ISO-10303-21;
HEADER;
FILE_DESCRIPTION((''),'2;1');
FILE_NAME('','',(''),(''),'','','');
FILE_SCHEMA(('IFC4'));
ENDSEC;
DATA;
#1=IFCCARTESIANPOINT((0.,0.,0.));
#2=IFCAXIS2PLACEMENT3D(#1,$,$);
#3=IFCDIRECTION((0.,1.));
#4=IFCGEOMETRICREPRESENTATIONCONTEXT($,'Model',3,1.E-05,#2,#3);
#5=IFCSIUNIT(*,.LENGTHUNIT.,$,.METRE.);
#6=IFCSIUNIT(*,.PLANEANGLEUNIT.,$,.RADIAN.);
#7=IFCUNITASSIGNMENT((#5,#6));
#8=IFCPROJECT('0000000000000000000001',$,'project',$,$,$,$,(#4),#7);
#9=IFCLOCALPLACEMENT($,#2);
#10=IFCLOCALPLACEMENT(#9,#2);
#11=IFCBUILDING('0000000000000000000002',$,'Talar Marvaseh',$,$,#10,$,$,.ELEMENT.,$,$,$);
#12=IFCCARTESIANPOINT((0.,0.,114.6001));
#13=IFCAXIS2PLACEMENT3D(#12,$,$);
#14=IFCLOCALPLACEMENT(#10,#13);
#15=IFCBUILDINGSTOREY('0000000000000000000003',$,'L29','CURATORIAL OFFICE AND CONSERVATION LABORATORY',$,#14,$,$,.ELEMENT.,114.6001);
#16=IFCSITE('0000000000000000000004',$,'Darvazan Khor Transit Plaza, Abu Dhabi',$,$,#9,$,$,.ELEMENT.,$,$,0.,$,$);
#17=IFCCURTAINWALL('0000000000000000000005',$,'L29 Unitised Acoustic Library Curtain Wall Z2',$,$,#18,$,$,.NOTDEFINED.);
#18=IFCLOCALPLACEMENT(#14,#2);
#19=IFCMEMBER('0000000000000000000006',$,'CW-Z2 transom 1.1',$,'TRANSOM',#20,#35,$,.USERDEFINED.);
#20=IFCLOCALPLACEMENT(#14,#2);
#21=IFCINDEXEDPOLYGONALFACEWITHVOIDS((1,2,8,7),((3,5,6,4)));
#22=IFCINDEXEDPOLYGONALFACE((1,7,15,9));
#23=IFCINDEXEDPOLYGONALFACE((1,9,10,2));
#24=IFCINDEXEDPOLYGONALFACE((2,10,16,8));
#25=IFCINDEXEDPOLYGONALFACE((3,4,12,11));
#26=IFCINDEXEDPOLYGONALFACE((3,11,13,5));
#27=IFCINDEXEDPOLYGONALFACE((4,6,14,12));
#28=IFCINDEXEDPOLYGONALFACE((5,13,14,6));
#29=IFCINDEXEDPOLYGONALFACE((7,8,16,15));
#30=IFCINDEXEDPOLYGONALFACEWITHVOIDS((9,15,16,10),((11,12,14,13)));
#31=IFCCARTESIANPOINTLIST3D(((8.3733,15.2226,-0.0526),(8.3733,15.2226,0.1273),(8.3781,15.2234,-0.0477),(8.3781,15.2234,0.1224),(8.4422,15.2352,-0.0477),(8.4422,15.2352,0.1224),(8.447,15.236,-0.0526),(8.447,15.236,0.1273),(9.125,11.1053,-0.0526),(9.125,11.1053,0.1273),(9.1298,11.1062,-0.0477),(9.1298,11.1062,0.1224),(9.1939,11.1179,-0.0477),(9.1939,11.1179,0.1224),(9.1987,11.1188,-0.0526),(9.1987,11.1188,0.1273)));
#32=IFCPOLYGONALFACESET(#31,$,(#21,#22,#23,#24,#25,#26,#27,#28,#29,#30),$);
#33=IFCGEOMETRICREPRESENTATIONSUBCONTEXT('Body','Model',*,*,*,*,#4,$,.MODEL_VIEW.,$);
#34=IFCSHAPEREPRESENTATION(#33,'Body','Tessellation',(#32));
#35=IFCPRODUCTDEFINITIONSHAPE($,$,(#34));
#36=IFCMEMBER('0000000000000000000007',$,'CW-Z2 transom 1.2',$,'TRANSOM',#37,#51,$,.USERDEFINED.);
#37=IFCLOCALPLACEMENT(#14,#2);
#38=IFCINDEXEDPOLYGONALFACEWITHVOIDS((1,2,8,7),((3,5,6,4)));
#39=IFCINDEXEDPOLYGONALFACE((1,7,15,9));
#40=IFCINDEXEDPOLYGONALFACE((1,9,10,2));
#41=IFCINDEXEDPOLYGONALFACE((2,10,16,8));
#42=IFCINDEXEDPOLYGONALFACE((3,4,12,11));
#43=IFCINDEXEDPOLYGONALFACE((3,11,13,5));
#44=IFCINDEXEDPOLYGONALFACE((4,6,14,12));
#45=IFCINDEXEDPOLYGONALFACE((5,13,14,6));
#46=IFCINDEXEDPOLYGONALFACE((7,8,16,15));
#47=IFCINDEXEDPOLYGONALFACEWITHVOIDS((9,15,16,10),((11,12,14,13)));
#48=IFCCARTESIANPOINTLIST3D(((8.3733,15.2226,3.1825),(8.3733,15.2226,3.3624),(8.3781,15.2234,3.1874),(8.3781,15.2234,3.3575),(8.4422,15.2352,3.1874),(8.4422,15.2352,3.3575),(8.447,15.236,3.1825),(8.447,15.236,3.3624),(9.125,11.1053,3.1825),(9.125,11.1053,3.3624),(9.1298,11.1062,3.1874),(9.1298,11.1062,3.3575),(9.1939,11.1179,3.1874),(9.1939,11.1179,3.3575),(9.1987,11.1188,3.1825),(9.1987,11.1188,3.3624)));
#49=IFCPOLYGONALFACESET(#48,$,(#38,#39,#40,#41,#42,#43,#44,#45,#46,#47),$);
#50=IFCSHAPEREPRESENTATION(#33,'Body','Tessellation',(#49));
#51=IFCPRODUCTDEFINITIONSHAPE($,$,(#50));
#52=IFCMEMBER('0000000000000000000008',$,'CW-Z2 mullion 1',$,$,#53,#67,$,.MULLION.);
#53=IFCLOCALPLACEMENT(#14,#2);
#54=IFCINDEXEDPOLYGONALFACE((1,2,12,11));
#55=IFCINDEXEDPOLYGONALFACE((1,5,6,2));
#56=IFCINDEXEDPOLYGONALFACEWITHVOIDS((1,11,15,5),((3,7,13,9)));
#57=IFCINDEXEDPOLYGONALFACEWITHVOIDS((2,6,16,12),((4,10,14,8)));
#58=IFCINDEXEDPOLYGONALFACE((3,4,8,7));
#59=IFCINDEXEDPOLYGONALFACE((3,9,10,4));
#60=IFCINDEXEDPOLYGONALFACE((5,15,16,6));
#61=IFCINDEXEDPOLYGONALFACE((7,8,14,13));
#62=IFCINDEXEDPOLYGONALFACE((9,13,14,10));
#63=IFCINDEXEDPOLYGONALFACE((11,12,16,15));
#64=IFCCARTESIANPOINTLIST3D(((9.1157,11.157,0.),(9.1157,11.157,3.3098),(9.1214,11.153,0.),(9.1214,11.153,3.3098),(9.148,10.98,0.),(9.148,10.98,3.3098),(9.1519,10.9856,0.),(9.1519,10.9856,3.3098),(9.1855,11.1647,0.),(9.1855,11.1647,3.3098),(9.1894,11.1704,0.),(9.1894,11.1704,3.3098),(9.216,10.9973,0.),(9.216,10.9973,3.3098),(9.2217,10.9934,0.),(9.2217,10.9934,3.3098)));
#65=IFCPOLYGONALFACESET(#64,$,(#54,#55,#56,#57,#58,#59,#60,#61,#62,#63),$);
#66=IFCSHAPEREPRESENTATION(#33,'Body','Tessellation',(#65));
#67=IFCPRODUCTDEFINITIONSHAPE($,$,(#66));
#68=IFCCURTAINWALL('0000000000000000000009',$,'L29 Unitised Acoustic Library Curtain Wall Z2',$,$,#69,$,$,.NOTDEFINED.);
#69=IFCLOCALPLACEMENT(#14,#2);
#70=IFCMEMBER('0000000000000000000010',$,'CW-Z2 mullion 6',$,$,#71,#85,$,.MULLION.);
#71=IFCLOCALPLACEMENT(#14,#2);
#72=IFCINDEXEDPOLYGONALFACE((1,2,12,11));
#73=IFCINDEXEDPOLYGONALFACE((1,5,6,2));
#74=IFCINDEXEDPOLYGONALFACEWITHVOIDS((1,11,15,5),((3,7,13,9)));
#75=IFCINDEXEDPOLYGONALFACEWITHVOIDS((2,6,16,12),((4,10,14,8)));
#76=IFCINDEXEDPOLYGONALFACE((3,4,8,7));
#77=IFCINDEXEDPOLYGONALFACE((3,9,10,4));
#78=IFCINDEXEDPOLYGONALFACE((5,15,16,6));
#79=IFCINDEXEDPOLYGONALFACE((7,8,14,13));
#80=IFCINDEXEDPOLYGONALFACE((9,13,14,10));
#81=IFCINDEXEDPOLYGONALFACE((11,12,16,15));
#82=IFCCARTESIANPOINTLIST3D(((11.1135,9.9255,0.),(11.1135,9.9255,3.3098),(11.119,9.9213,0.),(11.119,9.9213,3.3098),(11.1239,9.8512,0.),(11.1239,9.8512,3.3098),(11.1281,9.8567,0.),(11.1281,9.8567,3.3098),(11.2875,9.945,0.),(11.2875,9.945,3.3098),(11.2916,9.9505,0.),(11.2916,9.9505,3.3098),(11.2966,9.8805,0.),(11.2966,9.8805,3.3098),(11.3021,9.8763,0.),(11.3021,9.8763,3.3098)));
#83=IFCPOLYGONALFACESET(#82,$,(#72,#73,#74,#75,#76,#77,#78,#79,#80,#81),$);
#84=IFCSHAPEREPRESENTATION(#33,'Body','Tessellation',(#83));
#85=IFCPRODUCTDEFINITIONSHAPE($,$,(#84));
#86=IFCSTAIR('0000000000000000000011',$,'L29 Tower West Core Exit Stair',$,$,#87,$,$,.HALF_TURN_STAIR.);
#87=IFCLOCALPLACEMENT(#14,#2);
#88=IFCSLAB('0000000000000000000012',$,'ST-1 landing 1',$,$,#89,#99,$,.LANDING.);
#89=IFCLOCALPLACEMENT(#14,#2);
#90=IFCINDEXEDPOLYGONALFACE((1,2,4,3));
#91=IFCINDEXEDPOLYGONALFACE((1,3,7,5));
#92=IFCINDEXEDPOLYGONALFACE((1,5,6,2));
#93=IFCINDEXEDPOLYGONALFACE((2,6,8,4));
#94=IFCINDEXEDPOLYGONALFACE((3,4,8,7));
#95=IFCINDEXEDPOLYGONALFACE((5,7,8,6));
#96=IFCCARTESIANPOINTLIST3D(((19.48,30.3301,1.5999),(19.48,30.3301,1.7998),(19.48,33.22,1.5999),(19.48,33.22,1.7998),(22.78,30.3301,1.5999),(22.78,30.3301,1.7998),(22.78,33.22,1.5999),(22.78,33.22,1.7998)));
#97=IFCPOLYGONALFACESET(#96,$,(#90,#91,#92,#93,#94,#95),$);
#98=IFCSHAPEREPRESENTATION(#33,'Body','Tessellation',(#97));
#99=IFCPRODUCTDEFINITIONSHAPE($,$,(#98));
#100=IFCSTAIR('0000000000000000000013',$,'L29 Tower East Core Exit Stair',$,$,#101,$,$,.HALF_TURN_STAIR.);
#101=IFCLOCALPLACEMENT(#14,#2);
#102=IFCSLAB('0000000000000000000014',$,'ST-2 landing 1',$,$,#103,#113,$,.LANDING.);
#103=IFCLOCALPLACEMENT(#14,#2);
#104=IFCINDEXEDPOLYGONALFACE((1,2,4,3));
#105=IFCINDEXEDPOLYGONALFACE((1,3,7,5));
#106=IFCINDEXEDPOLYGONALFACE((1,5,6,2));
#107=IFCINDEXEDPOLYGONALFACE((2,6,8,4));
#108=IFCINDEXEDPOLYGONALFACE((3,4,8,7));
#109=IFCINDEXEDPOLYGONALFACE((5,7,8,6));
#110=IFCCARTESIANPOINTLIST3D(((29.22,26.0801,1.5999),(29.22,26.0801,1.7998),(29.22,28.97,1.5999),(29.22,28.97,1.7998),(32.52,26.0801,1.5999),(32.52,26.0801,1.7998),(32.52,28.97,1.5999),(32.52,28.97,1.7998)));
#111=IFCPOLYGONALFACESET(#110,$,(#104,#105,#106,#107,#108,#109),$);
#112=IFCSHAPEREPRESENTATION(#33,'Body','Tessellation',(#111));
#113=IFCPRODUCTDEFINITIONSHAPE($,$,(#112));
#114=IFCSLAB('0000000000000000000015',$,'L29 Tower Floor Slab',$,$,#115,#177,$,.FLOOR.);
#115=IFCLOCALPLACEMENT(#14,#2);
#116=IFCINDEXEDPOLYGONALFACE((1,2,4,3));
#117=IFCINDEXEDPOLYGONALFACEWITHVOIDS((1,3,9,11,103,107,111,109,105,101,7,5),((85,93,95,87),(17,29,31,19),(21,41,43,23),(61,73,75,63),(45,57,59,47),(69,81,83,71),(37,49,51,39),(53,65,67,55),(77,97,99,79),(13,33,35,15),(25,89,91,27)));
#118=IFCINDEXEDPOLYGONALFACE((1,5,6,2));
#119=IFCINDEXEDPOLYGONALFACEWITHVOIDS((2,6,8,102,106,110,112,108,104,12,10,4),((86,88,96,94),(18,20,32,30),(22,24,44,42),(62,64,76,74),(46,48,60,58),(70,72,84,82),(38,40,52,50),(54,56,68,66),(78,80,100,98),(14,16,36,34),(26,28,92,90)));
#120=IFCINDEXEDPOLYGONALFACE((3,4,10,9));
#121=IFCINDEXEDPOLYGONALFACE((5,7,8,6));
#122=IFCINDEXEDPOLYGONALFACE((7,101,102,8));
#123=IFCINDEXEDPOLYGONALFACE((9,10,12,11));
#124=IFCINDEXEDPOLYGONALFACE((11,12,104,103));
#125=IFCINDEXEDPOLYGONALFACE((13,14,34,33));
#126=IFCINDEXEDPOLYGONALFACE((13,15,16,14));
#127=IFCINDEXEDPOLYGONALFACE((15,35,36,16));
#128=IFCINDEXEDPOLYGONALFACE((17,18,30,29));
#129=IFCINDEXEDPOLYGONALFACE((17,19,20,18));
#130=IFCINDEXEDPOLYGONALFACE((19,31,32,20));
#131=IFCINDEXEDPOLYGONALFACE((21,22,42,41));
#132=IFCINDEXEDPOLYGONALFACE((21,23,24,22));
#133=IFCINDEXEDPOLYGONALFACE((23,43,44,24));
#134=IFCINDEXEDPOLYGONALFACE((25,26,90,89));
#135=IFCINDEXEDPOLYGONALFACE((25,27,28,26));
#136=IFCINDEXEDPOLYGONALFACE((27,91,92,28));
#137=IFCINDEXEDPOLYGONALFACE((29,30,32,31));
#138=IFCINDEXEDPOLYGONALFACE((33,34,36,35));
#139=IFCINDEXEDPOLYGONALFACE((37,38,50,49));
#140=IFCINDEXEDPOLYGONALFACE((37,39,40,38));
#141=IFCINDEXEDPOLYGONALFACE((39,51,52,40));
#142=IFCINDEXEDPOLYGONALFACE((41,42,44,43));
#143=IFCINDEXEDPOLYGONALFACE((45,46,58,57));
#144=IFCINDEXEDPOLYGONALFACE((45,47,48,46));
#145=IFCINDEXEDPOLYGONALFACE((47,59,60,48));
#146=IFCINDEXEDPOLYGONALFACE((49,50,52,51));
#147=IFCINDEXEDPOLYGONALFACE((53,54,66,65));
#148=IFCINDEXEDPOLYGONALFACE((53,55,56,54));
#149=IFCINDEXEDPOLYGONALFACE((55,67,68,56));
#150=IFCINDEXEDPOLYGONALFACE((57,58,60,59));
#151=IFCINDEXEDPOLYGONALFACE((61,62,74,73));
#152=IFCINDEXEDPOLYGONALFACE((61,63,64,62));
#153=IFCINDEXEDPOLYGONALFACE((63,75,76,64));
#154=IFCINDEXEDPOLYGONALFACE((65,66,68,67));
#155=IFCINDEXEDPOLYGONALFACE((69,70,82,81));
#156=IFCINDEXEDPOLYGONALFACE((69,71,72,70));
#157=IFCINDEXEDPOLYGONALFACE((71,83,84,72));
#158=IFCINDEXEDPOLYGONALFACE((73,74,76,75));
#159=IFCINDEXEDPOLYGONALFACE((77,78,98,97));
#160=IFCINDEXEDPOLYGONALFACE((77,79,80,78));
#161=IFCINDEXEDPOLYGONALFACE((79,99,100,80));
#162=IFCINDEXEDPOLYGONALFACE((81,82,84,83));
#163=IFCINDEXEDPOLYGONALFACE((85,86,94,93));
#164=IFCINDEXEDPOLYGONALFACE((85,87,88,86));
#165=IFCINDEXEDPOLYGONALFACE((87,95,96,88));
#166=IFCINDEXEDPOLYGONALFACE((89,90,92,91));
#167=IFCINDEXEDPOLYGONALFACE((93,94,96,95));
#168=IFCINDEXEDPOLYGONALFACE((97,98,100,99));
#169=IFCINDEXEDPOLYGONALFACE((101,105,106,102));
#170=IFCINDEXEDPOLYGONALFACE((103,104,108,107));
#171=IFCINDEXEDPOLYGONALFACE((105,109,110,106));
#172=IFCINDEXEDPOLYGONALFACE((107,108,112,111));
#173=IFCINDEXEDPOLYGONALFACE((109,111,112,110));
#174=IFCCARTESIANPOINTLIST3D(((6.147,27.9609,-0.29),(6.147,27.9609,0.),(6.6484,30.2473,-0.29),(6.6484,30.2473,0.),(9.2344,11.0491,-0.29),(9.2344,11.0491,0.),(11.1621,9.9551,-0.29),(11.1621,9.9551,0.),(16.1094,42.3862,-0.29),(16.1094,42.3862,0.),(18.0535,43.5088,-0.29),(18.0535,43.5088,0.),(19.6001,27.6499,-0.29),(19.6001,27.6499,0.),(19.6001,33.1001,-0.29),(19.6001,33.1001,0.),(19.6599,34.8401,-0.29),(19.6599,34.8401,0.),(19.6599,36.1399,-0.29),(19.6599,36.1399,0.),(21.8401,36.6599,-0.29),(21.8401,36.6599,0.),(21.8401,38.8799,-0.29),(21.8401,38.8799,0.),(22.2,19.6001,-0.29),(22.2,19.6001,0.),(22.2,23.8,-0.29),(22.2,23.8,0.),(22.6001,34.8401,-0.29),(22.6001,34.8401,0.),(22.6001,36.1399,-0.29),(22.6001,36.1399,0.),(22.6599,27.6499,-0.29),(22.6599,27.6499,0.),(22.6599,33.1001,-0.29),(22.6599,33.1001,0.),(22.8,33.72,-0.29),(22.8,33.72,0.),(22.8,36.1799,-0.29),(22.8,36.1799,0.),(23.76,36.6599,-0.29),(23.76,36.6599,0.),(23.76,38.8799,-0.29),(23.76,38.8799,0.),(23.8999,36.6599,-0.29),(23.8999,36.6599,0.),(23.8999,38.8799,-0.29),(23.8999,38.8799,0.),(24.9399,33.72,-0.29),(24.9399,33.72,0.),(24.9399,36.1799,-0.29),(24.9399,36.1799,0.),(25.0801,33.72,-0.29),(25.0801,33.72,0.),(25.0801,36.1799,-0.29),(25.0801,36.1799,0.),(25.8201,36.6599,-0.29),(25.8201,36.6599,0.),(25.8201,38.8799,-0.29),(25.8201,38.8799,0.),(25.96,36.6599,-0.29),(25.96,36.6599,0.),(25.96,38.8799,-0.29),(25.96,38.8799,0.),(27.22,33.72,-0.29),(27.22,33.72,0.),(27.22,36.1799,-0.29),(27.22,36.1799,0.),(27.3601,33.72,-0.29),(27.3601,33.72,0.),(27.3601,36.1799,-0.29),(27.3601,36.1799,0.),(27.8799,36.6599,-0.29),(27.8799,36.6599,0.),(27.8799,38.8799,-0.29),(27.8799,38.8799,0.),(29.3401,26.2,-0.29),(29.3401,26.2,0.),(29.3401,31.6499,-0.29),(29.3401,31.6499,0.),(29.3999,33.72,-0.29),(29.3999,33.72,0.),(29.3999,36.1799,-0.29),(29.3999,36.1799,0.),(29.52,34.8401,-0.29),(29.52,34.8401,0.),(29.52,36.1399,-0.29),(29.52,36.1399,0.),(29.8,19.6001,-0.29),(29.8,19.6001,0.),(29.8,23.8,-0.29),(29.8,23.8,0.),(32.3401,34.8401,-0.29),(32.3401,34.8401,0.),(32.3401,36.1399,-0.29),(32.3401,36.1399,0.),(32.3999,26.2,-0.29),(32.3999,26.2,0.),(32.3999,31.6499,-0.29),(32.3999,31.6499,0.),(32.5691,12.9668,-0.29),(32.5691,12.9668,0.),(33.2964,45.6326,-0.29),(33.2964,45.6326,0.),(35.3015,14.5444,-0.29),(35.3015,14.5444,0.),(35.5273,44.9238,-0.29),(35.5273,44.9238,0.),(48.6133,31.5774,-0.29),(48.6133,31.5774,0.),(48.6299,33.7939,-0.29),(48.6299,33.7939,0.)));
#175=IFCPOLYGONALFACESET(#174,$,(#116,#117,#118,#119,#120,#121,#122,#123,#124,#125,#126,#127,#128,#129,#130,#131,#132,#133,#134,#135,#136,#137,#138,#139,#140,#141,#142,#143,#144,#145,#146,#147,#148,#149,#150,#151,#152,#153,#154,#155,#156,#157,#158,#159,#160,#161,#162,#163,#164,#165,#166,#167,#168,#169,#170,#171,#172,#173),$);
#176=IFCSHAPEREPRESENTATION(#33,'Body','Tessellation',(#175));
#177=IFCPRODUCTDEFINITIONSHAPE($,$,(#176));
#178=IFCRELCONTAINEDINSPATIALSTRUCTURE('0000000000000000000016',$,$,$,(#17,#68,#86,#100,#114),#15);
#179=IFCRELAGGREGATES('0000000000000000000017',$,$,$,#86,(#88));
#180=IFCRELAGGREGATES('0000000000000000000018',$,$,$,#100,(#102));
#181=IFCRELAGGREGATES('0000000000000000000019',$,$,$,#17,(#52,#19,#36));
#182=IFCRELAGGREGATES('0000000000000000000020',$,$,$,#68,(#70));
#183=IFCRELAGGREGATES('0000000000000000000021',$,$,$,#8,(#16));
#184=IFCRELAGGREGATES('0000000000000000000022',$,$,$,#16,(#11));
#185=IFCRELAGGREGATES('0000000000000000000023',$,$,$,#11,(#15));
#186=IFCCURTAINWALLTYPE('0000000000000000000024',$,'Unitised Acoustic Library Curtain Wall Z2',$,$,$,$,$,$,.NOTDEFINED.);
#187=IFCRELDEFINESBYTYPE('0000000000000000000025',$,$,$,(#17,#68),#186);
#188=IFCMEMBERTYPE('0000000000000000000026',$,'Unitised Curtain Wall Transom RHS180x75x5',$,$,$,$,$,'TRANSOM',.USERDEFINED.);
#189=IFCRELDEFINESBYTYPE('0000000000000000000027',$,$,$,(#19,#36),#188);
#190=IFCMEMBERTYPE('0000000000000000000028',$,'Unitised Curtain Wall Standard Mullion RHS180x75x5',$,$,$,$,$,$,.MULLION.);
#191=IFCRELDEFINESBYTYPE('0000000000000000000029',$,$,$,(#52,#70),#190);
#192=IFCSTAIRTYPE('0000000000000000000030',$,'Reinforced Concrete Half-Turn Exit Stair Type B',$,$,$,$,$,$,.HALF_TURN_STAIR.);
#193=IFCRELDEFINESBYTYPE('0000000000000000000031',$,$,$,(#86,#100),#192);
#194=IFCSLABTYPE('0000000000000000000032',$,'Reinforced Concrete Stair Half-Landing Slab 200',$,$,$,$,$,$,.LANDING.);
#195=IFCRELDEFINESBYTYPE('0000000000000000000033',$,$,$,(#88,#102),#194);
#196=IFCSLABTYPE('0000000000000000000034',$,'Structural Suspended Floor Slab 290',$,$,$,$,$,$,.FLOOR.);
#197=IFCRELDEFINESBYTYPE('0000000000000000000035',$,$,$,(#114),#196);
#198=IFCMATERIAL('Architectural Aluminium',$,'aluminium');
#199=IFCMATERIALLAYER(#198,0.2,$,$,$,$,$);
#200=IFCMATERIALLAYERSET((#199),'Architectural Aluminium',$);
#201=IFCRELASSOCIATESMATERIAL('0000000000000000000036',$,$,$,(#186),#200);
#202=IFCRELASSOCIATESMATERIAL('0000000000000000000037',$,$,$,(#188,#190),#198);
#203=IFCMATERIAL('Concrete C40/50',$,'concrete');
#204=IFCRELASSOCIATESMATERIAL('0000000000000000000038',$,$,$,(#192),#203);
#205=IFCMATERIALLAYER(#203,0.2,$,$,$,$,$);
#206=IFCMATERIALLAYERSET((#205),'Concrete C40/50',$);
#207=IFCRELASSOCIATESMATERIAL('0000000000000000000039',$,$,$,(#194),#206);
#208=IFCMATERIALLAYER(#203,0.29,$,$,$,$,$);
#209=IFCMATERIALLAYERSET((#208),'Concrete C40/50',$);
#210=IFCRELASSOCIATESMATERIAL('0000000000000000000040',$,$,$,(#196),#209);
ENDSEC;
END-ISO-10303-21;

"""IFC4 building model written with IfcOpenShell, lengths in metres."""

from ifc_helpers import new_model, si_unit, direction, frame, origin, origin_2d, place, context, subcontext, project, spatial, polyline, hollow_rectangle, outline, extrude, source, transform, mapped, material, layer, layer_set, material_profile, profile_set, type_object, type_shapes, element, aggregate, save


model = new_model("IFC4")

# Units and contexts
model_context = context("Model", 3, precision=1e-05, world=origin(), true_north=direction((0.0, 1.0)))
body_context = subcontext(model_context, "Body", "Model", "MODEL_VIEW")
ifc_project = project(units=[si_unit("LENGTHUNIT", "METRE"), si_unit("PLANEANGLEUNIT", "RADIAN")], contexts=[model_context])

# Site, building, storey
site_placement = place(None, origin())
site = spatial("IfcSite", under=ifc_project, at=site_placement, Name="Darvazan Khor Transit Plaza, Abu Dhabi", CompositionType="ELEMENT", RefElevation=0.0)
building_placement = place(site_placement, origin())
building = spatial("IfcBuilding", under=site, at=building_placement, Name="Talar Marvaseh", CompositionType="ELEMENT")
storey_placement = place(building_placement, frame((0.0, 0.0, 114.6001)))
storey = spatial("IfcBuildingStorey", under=building, at=storey_placement, Name="L29", Description="CURATORIAL OFFICE AND CONSERVATION LABORATORY", CompositionType="ELEMENT", Elevation=114.6001)

# Curtain wall, members
ifc_material_1 = material(Name="Architectural Aluminium", Category="aluminium")
ifc_layer_1 = layer(ifc_material_1, 0.2)
ifc_layer_set_1 = layer_set([ifc_layer_1], Name="Architectural Aluminium")
curtain_wall_type = type_object("IfcCurtainWallType", Name="Unitised Acoustic Library Curtain Wall Z2", PredefinedType="NOTDEFINED", material=ifc_layer_set_1)
curtain_wall_1_placement = place(storey_placement, origin())
curtain_wall_1 = element("IfcCurtainWall", 1, at=curtain_wall_1_placement, inside=storey, type_object=curtain_wall_type, Name="L29 Unitised Acoustic Library Curtain Wall Z2", PredefinedType="NOTDEFINED")
ifc_material_profile_1 = material_profile(ifc_material_1, hollow_rectangle(XDim=0.075, YDim=0.1799, WallThickness=0.0049, at=origin_2d()), Name="RHS180x75x5")
ifc_profile_set_1 = profile_set([ifc_material_profile_1], Name="Architectural Aluminium")
member_type_1 = type_object("IfcMemberType", Name="Unitised Curtain Wall Transom RHS180x75x5", ElementType="TRANSOM", PredefinedType="USERDEFINED", material=ifc_profile_set_1)
shared_shape_1 = source(origin(), body_context, "Body", "SweptSolid", [
    extrude(hollow_rectangle(XDim=0.075, YDim=0.1799, WallThickness=0.0049, at=origin_2d()), origin(), (0.0, 0.0, 1.0), 4.1853),
])
type_shapes(member_type_1, [shared_shape_1])
member_1_placement = place(storey_placement, frame((9.1619, 11.1121, 0.0374), z_axis=(-0.179609, 0.983738, 0.0), x_axis=(-0.983738, -0.179609, 0.0)))
member_1 = element("IfcMember", 2, at=member_1_placement, type_object=member_type_1, Name="CW-Z2 transom 1.1", ObjectType="TRANSOM", PredefinedType="USERDEFINED", context=body_context, shape_type="MappedRepresentation", body=[
    mapped(shared_shape_1, transform((0.0, 0.0, 0.0), x_axis=(1.0, 0.0, 0.0), y_axis=(0.0, 1.0, 0.0), z_axis=(0.0, 0.0, 1.0), scale=1.0)),
])
member_2_placement = place(storey_placement, frame((9.1619, 11.1121, 3.2725), z_axis=(-0.179609, 0.983738, 0.0), x_axis=(-0.983738, -0.179609, 0.0)))
member_2 = element("IfcMember", 3, at=member_2_placement, type_object=member_type_1, Name="CW-Z2 transom 1.2", ObjectType="TRANSOM", PredefinedType="USERDEFINED", context=body_context, shape_type="MappedRepresentation", body=[
    mapped(shared_shape_1, transform((0.0, 0.0, 0.0), x_axis=(1.0, 0.0, 0.0), y_axis=(0.0, 1.0, 0.0), z_axis=(0.0, 0.0, 1.0), scale=1.0)),
])
ifc_material_profile_2 = material_profile(ifc_material_1, hollow_rectangle(XDim=0.075, YDim=0.1799, WallThickness=0.0049, at=origin_2d()), Name="RHS180x75x5")
ifc_profile_set_2 = profile_set([ifc_material_profile_2], Name="Architectural Aluminium")
member_type_2 = type_object("IfcMemberType", Name="Unitised Curtain Wall Standard Mullion RHS180x75x5", PredefinedType="MULLION", material=ifc_profile_set_2)
shared_shape_2 = source(origin(), body_context, "Body", "SweptSolid", [
    extrude(hollow_rectangle(XDim=0.075, YDim=0.1799, WallThickness=0.0049, at=origin_2d()), origin(), (0.0, 0.0, 1.0), 3.3098),
])
type_shapes(member_type_2, [shared_shape_2])
member_3_placement = place(storey_placement, frame((9.1687, 11.0752, 0.0), z_axis=(0.0, 0.0, 1.0), x_axis=(-0.983741, -0.179594, 0.0)))
member_3 = element("IfcMember", 4, at=member_3_placement, type_object=member_type_2, Name="CW-Z2 mullion 1", PredefinedType="MULLION", context=body_context, shape_type="MappedRepresentation", body=[
    mapped(shared_shape_2, transform((0.0, 0.0, 0.0), x_axis=(1.0, 0.0, 0.0), y_axis=(0.0, 1.0, 0.0), z_axis=(0.0, 0.0, 1.0), scale=1.0)),
])

# Curtain wall, member
curtain_wall_2_placement = place(storey_placement, origin())
curtain_wall_2 = element("IfcCurtainWall", 5, at=curtain_wall_2_placement, inside=storey, type_object=curtain_wall_type, Name="L29 Unitised Acoustic Library Curtain Wall Z2", PredefinedType="NOTDEFINED")
member_4_placement = place(storey_placement, frame((11.2078, 9.9009, 0.0), z_axis=(0.0, 0.0, 1.0), x_axis=(0.139325, -0.990247, 0.0)))
member_4 = element("IfcMember", 6, at=member_4_placement, type_object=member_type_2, Name="CW-Z2 mullion 6", PredefinedType="MULLION", context=body_context, shape_type="MappedRepresentation", body=[
    mapped(shared_shape_2, transform((0.0, 0.0, 0.0), x_axis=(1.0, 0.0, 0.0), y_axis=(0.0, 1.0, 0.0), z_axis=(0.0, 0.0, 1.0), scale=1.0)),
])

# Stairs, slabs
ifc_material_2 = material(Name="Concrete C40/50", Category="concrete")
stair_type = type_object("IfcStairType", Name="Reinforced Concrete Half-Turn Exit Stair Type B", PredefinedType="HALF_TURN_STAIR", material=ifc_material_2)
stair_1_placement = place(storey_placement, origin())
stair_1 = element("IfcStair", 7, at=stair_1_placement, inside=storey, type_object=stair_type, Name="L29 Tower West Core Exit Stair", PredefinedType="HALF_TURN_STAIR")
ifc_layer_2 = layer(ifc_material_2, 0.2)
ifc_layer_set_2 = layer_set([ifc_layer_2], Name="Concrete C40/50")
slab_type_1 = type_object("IfcSlabType", Name="Reinforced Concrete Stair Half-Landing Slab 200", PredefinedType="LANDING", material=ifc_layer_set_2)
slab_1_placement = place(storey_placement, frame((0.0, 0.0, 1.5999)))
slab_1 = element("IfcSlab", 8, at=slab_1_placement, type_object=slab_type_1, Name="ST-1 landing 1", PredefinedType="LANDING", context=body_context, shape_type="SweptSolid", body=[
    extrude(outline(polyline([(22.78, 30.3301), (22.78, 33.22), (19.48, 33.22), (19.48, 30.3301), (22.78, 30.3301)])), origin(), (0.0, 0.0, 1.0), 0.2),
])
aggregate(stair_1, [slab_1])
stair_2_placement = place(storey_placement, origin())
stair_2 = element("IfcStair", 9, at=stair_2_placement, inside=storey, type_object=stair_type, Name="L29 Tower East Core Exit Stair", PredefinedType="HALF_TURN_STAIR")
slab_2_placement = place(storey_placement, frame((0.0, 0.0, 1.5999)))
slab_2 = element("IfcSlab", 10, at=slab_2_placement, type_object=slab_type_1, Name="ST-2 landing 1", PredefinedType="LANDING", context=body_context, shape_type="SweptSolid", body=[
    extrude(outline(polyline([(29.22, 28.97), (29.22, 26.0801), (32.52, 26.0801), (32.52, 28.97), (29.22, 28.97)])), origin(), (0.0, 0.0, 1.0), 0.2),
])
aggregate(stair_2, [slab_2])

# Slab
ifc_layer_3 = layer(ifc_material_2, 0.29)
ifc_layer_set_3 = layer_set([ifc_layer_3], Name="Concrete C40/50")
slab_type_2 = type_object("IfcSlabType", Name="Structural Suspended Floor Slab 290", PredefinedType="FLOOR", material=ifc_layer_set_3)
slab_3_placement = place(storey_placement, frame((0.0, 0.0, -0.29)))
element("IfcSlab", 11, at=slab_3_placement, inside=storey, type_object=slab_type_2, Name="L29 Tower Floor Slab", PredefinedType="FLOOR", context=body_context, shape_type="SweptSolid", body=[
    extrude(outline(polyline([(11.1621, 9.9551), (9.2344, 11.0491), (6.147, 27.9609), (6.6484, 30.2473), (16.1094, 42.3862), (18.0535, 43.5088), (33.2964, 45.6326), (35.5273, 44.9238), (48.6299, 33.7939), (48.6133, 31.5774), (35.3015, 14.5444), (32.5691, 12.9668), (11.1621, 9.9551)]), holes=[polyline([(22.6599, 27.6499), (22.6599, 33.1001), (19.6001, 33.1001), (19.6001, 27.6499), (22.6599, 27.6499)]), polyline([(29.3401, 31.6499), (29.3401, 26.2), (32.3999, 26.2), (32.3999, 31.6499), (29.3401, 31.6499)]), polyline([(22.8, 33.72), (24.9399, 33.72), (24.9399, 36.1799), (22.8, 36.1799), (22.8, 33.72)]), polyline([(25.0801, 33.72), (27.22, 33.72), (27.22, 36.1799), (25.0801, 36.1799), (25.0801, 33.72)]), polyline([(27.3601, 33.72), (29.3999, 33.72), (29.3999, 36.1799), (27.3601, 36.1799), (27.3601, 33.72)]), polyline([(21.8401, 36.6599), (23.76, 36.6599), (23.76, 38.8799), (21.8401, 38.8799), (21.8401, 36.6599)]), polyline([(23.8999, 36.6599), (25.8201, 36.6599), (25.8201, 38.8799), (23.8999, 38.8799), (23.8999, 36.6599)]), polyline([(25.96, 36.6599), (27.8799, 36.6599), (27.8799, 38.8799), (25.96, 38.8799), (25.96, 36.6599)]), polyline([(19.6599, 34.8401), (22.6001, 34.8401), (22.6001, 36.1399), (19.6599, 36.1399), (19.6599, 34.8401)]), polyline([(29.52, 34.8401), (32.3401, 34.8401), (32.3401, 36.1399), (29.52, 36.1399), (29.52, 34.8401)]), polyline([(22.2, 19.6001), (29.8, 19.6001), (29.8, 23.8), (22.2, 23.8), (22.2, 19.6001)])]), origin(), (0.0, 0.0, 1.0), 0.29),
])

aggregate(curtain_wall_1, [member_3, member_1, member_2])
aggregate(curtain_wall_2, [member_4])

save(model, "model.ifc")
